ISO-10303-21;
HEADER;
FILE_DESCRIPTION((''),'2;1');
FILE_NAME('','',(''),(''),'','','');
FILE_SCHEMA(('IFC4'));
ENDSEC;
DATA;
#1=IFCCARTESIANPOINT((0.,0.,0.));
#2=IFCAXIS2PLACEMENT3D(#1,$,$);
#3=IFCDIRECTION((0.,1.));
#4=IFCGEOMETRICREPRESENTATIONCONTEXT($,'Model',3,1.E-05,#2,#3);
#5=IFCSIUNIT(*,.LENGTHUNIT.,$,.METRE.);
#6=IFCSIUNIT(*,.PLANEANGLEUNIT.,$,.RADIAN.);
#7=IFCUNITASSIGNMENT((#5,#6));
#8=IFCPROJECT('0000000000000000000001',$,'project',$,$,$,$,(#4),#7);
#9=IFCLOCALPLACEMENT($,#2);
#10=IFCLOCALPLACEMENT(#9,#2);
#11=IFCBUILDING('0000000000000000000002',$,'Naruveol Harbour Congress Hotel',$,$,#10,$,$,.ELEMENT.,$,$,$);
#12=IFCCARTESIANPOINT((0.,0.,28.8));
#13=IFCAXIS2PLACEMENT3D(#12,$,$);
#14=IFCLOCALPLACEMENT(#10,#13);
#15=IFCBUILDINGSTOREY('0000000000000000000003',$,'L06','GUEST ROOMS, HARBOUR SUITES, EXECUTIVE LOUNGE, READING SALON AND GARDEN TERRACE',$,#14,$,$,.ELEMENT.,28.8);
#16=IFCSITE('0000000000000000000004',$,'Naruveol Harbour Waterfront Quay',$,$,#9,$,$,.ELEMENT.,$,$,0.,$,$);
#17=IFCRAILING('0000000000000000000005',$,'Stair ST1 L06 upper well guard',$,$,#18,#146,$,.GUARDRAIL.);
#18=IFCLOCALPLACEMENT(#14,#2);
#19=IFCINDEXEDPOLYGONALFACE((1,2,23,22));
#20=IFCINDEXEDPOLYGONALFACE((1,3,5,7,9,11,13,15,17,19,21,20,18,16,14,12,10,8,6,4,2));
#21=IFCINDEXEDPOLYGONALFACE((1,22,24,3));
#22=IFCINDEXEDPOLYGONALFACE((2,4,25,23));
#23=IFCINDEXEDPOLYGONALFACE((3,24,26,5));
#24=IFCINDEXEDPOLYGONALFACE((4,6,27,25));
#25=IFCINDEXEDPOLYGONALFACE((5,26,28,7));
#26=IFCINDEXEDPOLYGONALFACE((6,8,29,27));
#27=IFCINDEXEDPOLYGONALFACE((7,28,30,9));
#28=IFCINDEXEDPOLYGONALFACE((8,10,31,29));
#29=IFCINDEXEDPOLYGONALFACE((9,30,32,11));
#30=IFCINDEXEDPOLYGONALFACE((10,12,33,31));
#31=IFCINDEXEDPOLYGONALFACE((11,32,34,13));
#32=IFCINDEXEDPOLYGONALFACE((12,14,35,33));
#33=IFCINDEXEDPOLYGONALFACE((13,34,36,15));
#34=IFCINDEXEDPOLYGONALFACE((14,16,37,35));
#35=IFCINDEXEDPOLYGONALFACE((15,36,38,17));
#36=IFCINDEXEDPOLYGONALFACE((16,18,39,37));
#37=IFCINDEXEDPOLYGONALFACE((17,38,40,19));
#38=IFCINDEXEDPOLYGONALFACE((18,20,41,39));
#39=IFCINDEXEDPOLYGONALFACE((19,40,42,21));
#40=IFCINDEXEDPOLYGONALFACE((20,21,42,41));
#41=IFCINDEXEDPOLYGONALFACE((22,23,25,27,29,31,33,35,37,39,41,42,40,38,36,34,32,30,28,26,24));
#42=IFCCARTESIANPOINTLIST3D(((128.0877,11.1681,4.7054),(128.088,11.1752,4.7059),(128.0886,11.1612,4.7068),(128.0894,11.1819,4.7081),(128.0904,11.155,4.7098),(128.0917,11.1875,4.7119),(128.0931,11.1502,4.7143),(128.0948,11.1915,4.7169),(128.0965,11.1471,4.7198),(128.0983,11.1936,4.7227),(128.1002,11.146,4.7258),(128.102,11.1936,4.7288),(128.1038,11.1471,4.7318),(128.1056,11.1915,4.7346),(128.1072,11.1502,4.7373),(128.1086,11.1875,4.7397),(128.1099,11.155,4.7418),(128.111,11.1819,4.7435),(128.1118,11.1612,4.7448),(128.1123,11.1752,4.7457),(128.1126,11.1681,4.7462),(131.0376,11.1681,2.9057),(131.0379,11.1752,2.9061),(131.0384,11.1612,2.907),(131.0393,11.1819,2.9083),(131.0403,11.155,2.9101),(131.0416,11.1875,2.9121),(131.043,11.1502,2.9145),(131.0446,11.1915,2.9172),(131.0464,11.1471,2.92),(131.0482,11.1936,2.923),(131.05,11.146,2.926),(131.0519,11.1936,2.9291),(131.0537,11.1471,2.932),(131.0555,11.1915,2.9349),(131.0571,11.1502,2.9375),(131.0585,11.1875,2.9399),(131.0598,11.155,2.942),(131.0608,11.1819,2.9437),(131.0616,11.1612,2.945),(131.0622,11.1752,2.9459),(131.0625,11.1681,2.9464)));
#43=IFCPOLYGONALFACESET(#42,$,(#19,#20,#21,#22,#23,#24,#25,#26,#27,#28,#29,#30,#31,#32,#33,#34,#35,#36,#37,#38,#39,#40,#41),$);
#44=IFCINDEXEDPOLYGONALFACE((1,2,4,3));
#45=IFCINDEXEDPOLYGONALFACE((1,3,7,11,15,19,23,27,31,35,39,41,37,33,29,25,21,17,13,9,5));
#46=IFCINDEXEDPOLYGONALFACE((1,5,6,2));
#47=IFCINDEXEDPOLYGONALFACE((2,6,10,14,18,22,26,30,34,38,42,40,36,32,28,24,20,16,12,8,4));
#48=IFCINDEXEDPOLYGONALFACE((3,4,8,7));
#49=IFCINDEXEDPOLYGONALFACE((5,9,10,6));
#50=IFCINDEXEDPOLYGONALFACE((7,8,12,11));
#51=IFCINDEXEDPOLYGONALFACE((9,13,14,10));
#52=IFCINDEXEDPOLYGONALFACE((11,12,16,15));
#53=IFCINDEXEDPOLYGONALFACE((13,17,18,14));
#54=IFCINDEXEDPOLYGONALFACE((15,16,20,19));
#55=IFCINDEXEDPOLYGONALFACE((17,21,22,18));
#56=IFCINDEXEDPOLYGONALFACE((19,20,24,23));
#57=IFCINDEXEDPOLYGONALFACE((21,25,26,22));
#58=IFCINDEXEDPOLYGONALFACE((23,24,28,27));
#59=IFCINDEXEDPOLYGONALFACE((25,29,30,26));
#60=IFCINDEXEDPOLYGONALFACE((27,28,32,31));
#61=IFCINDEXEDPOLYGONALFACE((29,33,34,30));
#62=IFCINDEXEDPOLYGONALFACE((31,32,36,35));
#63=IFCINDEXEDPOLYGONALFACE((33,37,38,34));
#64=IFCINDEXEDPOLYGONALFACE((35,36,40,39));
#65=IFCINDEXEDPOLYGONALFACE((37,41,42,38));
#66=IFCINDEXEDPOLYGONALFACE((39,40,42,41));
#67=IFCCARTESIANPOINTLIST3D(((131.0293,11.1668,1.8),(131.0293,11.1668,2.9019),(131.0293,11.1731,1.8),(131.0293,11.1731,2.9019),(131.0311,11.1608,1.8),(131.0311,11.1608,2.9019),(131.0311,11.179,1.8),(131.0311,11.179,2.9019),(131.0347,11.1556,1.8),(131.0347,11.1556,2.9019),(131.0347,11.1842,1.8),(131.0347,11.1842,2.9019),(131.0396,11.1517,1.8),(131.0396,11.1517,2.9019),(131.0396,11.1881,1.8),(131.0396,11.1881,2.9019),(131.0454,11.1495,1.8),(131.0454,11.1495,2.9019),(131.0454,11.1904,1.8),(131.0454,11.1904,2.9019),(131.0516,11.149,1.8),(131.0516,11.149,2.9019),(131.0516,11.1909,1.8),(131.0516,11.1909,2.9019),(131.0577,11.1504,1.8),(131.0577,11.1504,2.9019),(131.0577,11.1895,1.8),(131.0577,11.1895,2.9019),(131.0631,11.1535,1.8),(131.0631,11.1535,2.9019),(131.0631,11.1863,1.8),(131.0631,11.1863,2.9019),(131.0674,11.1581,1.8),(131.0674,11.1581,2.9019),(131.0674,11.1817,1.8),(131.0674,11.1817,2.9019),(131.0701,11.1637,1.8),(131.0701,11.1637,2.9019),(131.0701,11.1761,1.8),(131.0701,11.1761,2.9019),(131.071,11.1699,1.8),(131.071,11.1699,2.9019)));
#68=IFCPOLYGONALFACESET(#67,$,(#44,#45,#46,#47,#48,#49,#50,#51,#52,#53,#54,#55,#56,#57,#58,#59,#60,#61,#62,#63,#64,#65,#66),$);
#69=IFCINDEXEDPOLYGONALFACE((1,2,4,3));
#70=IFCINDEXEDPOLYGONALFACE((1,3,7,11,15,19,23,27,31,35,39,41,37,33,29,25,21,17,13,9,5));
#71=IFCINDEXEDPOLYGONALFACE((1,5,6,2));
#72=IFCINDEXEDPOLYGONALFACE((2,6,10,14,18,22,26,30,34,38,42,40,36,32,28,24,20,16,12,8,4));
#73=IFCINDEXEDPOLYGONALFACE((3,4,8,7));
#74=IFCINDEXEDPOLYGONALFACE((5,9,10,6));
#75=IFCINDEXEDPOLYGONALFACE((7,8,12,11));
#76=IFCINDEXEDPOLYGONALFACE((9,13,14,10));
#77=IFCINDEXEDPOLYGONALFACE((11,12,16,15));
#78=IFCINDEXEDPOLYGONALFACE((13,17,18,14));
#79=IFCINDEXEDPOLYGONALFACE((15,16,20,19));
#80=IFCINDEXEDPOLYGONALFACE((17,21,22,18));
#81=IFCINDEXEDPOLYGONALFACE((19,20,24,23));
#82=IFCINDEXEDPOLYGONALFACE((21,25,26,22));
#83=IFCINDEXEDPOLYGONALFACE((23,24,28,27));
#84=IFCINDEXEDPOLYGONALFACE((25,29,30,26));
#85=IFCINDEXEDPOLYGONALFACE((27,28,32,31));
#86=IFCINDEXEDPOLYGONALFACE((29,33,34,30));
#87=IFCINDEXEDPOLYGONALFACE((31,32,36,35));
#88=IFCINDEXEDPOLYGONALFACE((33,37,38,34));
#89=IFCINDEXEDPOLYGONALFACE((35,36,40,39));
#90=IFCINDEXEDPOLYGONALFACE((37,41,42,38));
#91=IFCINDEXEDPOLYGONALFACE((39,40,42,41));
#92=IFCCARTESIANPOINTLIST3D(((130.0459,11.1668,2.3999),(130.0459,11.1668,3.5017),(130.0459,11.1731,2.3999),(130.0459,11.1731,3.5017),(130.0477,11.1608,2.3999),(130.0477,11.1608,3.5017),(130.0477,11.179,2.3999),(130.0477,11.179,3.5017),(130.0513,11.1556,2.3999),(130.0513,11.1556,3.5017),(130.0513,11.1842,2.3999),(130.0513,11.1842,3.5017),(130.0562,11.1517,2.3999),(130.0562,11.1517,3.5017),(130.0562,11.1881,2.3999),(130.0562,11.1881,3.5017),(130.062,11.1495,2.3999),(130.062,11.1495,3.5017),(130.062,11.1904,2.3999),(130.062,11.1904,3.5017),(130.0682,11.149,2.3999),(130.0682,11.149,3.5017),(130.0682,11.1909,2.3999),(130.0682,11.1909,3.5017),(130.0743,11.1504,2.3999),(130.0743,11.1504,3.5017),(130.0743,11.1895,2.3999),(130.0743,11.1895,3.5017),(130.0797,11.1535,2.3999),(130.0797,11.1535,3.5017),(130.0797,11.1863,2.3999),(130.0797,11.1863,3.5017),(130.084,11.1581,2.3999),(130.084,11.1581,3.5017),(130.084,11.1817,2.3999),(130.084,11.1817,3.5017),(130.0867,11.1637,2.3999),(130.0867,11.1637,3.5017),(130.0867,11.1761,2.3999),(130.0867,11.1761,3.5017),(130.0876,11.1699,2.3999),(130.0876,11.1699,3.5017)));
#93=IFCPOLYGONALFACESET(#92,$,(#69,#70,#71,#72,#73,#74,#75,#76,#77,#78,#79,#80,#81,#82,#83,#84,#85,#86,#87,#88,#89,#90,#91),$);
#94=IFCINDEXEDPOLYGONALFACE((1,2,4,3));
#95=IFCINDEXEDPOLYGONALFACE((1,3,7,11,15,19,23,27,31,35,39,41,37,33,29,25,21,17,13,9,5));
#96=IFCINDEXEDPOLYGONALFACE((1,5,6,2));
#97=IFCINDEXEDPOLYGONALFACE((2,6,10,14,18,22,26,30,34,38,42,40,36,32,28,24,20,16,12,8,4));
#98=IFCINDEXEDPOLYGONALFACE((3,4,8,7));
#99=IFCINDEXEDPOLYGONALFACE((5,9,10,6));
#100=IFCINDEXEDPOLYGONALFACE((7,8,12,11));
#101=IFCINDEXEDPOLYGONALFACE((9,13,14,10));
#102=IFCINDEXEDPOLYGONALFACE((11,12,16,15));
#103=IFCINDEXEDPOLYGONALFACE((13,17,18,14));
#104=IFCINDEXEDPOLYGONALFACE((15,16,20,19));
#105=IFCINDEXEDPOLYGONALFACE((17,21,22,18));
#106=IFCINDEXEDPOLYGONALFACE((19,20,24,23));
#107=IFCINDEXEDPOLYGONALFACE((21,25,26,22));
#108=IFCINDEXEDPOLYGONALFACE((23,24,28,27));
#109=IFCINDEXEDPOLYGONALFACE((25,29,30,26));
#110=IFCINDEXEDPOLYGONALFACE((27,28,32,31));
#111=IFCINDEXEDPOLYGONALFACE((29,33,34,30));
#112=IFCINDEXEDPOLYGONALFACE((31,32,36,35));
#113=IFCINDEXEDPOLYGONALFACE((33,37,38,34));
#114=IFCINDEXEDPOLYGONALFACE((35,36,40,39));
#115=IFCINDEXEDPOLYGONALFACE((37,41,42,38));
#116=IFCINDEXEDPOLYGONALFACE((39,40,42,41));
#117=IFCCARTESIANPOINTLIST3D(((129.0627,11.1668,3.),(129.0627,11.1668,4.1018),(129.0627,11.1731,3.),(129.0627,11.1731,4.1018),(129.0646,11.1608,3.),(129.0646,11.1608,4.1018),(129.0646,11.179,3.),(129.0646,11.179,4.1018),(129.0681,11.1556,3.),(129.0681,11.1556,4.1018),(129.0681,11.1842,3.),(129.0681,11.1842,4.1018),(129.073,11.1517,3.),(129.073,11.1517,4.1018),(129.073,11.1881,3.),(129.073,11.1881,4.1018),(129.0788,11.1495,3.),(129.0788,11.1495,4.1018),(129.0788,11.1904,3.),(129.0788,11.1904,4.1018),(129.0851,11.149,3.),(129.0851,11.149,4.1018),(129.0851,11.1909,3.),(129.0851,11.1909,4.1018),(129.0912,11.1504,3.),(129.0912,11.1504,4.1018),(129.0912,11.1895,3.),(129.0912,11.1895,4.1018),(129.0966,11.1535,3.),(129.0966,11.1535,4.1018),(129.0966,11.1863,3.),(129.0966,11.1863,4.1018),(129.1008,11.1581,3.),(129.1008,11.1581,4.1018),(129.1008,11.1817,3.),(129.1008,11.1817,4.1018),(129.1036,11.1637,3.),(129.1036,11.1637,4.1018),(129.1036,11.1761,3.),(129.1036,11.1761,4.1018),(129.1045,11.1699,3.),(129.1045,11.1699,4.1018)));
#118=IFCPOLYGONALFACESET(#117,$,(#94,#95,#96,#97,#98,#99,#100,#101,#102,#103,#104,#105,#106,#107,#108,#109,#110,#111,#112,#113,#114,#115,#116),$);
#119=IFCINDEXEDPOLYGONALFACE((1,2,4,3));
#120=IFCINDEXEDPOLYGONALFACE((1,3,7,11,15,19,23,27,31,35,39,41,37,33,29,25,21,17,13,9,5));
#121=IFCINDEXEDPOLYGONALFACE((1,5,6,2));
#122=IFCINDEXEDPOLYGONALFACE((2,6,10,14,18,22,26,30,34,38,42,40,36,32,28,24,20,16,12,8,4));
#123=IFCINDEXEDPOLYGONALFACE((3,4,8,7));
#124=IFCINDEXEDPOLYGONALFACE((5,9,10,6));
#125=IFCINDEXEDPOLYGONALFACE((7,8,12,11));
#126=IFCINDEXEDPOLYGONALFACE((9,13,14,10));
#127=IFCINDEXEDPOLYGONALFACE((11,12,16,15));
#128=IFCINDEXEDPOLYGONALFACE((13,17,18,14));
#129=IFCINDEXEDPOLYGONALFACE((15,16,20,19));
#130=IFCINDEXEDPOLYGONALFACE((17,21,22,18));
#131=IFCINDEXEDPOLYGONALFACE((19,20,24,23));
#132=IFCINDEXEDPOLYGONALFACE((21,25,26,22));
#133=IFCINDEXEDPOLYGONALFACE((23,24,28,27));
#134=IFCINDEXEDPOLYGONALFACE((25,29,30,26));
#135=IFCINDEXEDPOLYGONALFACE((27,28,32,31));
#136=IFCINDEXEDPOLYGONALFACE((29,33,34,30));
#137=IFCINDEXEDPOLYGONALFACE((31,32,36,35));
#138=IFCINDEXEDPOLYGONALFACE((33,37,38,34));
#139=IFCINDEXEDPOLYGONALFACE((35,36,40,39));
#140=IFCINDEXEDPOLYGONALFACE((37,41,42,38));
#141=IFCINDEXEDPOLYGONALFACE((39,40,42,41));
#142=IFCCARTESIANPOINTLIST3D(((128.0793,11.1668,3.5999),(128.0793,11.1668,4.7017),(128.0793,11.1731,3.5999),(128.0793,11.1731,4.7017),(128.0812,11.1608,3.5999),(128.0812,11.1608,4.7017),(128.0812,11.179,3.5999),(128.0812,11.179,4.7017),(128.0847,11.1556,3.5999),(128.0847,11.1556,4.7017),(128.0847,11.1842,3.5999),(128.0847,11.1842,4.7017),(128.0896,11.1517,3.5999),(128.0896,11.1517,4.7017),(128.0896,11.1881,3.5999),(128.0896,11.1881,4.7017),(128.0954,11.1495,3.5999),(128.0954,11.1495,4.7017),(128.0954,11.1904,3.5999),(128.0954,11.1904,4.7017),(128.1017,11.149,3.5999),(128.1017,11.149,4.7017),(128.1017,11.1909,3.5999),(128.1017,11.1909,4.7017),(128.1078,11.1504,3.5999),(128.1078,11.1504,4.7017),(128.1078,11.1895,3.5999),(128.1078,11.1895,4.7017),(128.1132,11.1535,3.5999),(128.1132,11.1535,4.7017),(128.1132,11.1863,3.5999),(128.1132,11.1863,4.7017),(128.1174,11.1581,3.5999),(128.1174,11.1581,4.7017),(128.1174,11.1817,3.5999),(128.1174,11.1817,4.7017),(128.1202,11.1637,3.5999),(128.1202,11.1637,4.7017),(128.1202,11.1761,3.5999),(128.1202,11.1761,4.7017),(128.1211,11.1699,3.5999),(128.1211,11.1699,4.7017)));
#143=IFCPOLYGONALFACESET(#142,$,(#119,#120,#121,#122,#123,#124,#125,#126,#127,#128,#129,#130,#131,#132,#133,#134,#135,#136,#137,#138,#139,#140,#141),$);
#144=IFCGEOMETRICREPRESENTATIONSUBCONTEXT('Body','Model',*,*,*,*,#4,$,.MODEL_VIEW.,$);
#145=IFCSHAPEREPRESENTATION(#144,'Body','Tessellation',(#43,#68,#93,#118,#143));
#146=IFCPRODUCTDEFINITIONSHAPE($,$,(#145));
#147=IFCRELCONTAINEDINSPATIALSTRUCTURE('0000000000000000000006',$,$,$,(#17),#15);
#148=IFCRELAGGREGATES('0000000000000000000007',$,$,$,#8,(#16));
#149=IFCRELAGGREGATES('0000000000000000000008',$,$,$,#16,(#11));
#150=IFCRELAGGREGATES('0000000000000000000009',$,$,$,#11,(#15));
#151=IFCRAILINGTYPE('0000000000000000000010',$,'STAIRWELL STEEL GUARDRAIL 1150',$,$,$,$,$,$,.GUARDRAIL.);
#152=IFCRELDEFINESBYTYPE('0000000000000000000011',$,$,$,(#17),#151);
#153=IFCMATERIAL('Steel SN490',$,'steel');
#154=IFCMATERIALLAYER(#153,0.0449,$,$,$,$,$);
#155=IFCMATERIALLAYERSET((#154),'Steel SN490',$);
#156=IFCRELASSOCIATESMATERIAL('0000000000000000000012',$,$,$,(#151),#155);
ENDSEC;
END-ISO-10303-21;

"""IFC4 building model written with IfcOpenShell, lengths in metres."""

from ifc_helpers import new_model, si_unit, direction, frame, origin, origin_2d, place, context, subcontext, project, spatial, circle, extrude, material, layer, layer_set, type_object, element, save


model = new_model("IFC4")

# Units and contexts
model_context = context("Model", 3, precision=1e-05, world=origin(), true_north=direction((0.0, 1.0)))
body_context = subcontext(model_context, "Body", "Model", "MODEL_VIEW")
ifc_project = project(units=[si_unit("LENGTHUNIT", "METRE"), si_unit("PLANEANGLEUNIT", "RADIAN")], contexts=[model_context])

# Site, building, storey
site_placement = place(None, origin())
site = spatial("IfcSite", under=ifc_project, at=site_placement, Name="Naruveol Harbour Waterfront Quay", CompositionType="ELEMENT", RefElevation=0.0)
building_placement = place(site_placement, origin())
building = spatial("IfcBuilding", under=site, at=building_placement, Name="Naruveol Harbour Congress Hotel", CompositionType="ELEMENT")
storey_placement = place(building_placement, frame((0.0, 0.0, 28.8)))
storey = spatial("IfcBuildingStorey", under=building, at=storey_placement, Name="L06", Description="GUEST ROOMS, HARBOUR SUITES, EXECUTIVE LOUNGE, READING SALON AND GARDEN TERRACE", CompositionType="ELEMENT", Elevation=28.8)

# Railing
ifc_material_1 = material(Name="Steel SN490", Category="steel")
ifc_layer_1 = layer(ifc_material_1, 0.0449)
ifc_layer_set_1 = layer_set([ifc_layer_1], Name="Steel SN490")
railing_type_1 = type_object("IfcRailingType", Name="STAIRWELL STEEL GUARDRAIL 1150", PredefinedType="GUARDRAIL", material=ifc_layer_set_1)
railing_1_placement = place(storey_placement, frame((131.05, 11.1699, 1.8)))
element("IfcRailing", 1, at=railing_1_placement, inside=storey, type_object=railing_type_1, Name="Stair ST1 L06 upper well guard", PredefinedType="GUARDRAIL", context=body_context, shape_type="SweptSolid", body=[
    extrude(circle(Radius=0.0239, at=origin_2d()), frame((0.0, 0.0, 1.126), z_axis=(-0.853661, 0.0, 0.52083), x_axis=(0.0, -1.0, 0.0)), (0.0, 0.0, 1.0), 3.4556),
    extrude(circle(Radius=0.021, at=origin_2d()), origin(), (0.0, 0.0, 1.0), 1.1018),
    extrude(circle(Radius=0.021, at=origin_2d()), frame((-0.9834, 0.0, 0.5999)), (0.0, 0.0, 1.0), 1.1018),
    extrude(circle(Radius=0.021, at=origin_2d()), frame((-1.9666, 0.0, 1.2)), (0.0, 0.0, 1.0), 1.1018),
    extrude(circle(Radius=0.021, at=origin_2d()), frame((-2.95, 0.0, 1.7998)), (0.0, 0.0, 1.0), 1.1018),
])

save(model, "model.ifc")
